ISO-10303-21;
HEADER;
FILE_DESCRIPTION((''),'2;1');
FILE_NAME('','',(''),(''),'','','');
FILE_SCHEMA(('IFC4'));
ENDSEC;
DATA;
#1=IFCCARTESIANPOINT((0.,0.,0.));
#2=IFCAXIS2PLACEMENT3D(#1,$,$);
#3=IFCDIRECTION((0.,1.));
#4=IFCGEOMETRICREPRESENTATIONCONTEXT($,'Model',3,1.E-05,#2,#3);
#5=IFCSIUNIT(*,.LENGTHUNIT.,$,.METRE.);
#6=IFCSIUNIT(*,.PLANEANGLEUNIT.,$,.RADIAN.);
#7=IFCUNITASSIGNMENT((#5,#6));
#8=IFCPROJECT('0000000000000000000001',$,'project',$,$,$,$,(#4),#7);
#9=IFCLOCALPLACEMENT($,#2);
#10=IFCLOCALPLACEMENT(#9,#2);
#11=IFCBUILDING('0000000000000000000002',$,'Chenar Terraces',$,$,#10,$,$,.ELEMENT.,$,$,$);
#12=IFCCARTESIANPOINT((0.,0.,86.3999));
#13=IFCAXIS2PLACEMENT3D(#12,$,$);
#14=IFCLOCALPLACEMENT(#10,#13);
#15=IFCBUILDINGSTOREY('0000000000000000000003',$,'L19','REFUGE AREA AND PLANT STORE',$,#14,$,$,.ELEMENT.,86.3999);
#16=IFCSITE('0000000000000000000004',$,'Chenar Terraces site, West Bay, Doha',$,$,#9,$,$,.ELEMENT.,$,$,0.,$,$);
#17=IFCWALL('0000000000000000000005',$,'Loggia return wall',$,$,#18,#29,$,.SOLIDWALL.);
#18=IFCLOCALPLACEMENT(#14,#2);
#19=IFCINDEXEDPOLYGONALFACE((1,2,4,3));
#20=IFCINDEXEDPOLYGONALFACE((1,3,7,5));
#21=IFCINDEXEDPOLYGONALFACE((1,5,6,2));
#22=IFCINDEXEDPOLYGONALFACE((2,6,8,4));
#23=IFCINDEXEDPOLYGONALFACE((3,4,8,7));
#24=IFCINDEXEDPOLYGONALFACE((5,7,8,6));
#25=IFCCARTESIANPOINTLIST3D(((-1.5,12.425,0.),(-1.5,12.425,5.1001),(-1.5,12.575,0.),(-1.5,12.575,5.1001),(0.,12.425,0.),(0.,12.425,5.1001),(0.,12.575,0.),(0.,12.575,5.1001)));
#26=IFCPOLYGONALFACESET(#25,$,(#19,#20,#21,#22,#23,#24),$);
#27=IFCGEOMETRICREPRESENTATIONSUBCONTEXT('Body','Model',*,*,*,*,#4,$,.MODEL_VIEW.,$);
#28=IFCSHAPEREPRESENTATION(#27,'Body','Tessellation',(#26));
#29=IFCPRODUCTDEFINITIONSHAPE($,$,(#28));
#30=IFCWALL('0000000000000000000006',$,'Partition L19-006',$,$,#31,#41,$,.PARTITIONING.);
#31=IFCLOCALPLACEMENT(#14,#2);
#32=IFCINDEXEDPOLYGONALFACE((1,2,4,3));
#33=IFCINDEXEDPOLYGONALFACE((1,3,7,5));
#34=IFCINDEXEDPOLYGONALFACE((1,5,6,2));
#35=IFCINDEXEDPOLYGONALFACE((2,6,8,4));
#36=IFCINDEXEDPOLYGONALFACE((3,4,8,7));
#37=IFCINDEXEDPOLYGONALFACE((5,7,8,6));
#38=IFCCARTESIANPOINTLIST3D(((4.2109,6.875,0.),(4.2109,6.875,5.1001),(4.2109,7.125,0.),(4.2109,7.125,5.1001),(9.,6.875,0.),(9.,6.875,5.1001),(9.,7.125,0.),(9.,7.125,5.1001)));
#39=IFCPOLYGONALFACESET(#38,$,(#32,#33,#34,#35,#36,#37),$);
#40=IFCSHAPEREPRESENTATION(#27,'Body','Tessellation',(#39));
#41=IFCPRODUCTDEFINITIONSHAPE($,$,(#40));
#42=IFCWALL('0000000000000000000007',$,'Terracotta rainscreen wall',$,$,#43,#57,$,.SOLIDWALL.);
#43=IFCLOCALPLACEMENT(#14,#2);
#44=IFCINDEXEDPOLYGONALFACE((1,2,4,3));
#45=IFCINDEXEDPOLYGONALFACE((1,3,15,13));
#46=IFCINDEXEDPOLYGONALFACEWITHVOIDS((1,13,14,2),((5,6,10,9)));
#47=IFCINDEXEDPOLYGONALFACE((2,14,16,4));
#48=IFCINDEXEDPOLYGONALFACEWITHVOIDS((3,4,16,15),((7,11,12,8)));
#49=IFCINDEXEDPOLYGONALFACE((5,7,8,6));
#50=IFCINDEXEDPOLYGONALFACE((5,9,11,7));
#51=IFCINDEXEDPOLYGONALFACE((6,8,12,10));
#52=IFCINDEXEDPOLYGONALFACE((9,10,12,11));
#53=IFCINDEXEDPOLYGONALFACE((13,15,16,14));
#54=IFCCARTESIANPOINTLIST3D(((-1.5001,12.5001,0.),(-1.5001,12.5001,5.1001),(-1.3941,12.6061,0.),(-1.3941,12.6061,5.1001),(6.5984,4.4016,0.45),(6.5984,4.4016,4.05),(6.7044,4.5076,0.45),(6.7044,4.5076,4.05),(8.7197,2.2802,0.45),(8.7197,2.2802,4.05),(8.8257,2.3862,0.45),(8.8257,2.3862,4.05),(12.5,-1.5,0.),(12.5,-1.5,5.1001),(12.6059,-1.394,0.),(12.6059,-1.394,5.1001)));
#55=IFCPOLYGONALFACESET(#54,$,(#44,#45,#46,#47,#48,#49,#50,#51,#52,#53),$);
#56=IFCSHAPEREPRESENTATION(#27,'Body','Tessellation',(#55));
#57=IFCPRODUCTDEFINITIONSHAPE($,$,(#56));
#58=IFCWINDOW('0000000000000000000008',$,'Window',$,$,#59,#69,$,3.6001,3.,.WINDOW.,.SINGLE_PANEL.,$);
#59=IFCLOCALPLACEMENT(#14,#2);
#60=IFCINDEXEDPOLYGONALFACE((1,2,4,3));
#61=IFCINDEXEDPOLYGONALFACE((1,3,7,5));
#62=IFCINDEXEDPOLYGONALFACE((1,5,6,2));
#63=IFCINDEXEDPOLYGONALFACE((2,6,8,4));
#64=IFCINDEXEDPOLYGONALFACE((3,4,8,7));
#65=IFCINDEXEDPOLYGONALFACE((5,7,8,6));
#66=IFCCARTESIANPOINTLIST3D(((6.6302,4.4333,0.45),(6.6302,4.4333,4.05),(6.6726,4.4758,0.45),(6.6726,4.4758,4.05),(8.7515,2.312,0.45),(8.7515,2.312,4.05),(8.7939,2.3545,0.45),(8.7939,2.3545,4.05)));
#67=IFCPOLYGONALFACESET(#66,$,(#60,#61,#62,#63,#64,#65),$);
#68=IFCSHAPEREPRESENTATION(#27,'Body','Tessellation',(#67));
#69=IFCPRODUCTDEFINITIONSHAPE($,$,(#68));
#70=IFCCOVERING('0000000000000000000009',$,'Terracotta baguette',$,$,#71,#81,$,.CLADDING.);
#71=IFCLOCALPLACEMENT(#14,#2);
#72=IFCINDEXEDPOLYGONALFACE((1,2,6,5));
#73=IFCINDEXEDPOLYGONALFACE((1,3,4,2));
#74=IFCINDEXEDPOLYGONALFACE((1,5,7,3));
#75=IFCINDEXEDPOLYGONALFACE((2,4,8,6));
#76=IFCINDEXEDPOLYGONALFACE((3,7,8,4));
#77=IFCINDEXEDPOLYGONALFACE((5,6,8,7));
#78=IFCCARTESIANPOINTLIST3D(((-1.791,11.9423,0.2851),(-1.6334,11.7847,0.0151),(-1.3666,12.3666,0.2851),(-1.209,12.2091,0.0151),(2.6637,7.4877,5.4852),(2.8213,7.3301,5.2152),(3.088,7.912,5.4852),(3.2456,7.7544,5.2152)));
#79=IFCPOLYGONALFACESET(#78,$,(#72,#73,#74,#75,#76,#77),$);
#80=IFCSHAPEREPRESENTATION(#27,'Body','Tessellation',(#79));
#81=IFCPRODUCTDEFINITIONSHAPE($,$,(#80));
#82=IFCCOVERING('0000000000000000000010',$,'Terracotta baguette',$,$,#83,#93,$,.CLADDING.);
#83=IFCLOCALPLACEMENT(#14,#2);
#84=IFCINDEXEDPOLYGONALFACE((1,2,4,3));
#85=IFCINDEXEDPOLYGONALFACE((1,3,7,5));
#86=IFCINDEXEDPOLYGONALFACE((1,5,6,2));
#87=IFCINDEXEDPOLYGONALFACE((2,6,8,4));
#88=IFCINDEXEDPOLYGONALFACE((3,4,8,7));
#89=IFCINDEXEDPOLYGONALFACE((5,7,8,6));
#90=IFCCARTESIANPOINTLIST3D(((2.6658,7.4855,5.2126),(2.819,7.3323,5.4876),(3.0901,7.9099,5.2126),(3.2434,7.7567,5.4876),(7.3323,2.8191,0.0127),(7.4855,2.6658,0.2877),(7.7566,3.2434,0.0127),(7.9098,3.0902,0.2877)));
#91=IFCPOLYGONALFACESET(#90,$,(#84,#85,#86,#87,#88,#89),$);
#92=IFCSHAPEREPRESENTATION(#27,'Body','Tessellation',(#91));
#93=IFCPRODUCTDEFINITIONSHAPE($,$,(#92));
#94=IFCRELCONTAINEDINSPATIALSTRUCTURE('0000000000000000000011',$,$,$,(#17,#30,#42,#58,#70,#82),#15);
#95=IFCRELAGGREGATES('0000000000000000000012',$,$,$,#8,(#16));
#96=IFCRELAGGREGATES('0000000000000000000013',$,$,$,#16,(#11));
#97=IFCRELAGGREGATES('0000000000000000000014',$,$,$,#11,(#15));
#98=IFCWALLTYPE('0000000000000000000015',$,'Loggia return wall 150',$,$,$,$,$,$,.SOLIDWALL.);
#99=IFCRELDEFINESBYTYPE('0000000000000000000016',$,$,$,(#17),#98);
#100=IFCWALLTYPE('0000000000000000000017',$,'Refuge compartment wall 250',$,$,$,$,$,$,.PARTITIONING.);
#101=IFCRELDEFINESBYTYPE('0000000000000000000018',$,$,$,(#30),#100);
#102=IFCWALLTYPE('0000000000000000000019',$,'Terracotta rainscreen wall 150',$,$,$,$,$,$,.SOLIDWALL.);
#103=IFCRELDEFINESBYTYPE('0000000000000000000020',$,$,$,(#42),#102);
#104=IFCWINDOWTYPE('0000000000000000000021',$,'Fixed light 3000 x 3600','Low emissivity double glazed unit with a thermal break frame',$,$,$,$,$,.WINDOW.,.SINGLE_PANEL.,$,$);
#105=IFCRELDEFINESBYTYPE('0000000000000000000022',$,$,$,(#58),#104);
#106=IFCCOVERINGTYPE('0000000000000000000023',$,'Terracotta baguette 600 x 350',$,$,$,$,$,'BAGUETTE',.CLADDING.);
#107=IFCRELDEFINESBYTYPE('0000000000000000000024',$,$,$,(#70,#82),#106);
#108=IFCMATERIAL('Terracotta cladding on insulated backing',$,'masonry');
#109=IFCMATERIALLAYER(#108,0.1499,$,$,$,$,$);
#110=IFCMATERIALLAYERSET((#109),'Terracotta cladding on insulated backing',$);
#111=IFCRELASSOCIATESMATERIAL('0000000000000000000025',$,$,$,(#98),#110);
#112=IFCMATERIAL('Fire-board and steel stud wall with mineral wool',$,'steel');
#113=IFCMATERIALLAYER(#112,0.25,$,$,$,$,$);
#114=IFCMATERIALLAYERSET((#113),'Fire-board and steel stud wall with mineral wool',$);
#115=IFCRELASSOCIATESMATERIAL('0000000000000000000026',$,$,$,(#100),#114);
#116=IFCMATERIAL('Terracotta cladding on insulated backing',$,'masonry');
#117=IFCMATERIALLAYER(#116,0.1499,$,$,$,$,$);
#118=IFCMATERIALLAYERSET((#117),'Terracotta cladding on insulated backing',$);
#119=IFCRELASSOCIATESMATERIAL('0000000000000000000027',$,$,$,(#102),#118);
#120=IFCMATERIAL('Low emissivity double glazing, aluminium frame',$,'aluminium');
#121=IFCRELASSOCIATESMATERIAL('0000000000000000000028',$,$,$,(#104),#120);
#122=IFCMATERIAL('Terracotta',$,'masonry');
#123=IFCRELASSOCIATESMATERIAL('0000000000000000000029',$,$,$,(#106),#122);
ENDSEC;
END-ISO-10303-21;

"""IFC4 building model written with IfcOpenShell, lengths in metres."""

from ifc_helpers import new_model, si_unit, direction, frame, frame_2d, origin, origin_2d, place, context, subcontext, project, spatial, rectangle, extrude, material, layer, layer_set, material_profile, profile_set, type_object, element, fill, save


model = new_model("IFC4")

# Units and contexts
model_context = context("Model", 3, precision=1e-05, world=origin(), true_north=direction((0.0, 1.0)))
body_context = subcontext(model_context, "Body", "Model", "MODEL_VIEW")
ifc_project = project(units=[si_unit("LENGTHUNIT", "METRE"), si_unit("PLANEANGLEUNIT", "RADIAN")], contexts=[model_context])

# Site, building, storey
site_placement = place(None, origin())
site = spatial("IfcSite", under=ifc_project, at=site_placement, Name="Chenar Terraces site, West Bay, Doha", CompositionType="ELEMENT", RefElevation=0.0)
building_placement = place(site_placement, origin())
building = spatial("IfcBuilding", under=site, at=building_placement, Name="Chenar Terraces", CompositionType="ELEMENT")
storey_placement = place(building_placement, frame((0.0, 0.0, 86.3999)))
storey = spatial("IfcBuildingStorey", under=building, at=storey_placement, Name="L19", Description="REFUGE AREA AND PLANT STORE", CompositionType="ELEMENT", Elevation=86.3999)

# Walls
ifc_material_1 = material(Name="Terracotta cladding on insulated backing", Category="masonry")
ifc_layer_1 = layer(ifc_material_1, 0.1499)
ifc_layer_set_1 = layer_set([ifc_layer_1], Name="Terracotta cladding on insulated backing")
wall_type_1 = type_object("IfcWallType", Name="Loggia return wall 150", PredefinedType="SOLIDWALL", material=ifc_layer_set_1)
wall_1_placement = place(storey_placement, frame((-1.5, 12.5, 0.0), z_axis=(0.0, 0.0, 1.0), x_axis=(1.0, 0.0, 0.0)))
element("IfcWall", 1, at=wall_1_placement, inside=storey, type_object=wall_type_1, Name="Loggia return wall", PredefinedType="SOLIDWALL", context=body_context, shape_type="SweptSolid", body=[
    extrude(rectangle(XDim=1.5, YDim=0.1499, at=frame_2d((0.75, 0.0))), origin(), (0.0, 0.0, 1.0), 5.1001),
])
ifc_material_2 = material(Name="Fire-board and steel stud wall with mineral wool", Category="steel")
ifc_layer_2 = layer(ifc_material_2, 0.25)
ifc_layer_set_2 = layer_set([ifc_layer_2], Name="Fire-board and steel stud wall with mineral wool")
wall_type_2 = type_object("IfcWallType", Name="Refuge compartment wall 250", PredefinedType="PARTITIONING", material=ifc_layer_set_2)
wall_2_placement = place(storey_placement, frame((4.2109, 7.0, 0.0), z_axis=(0.0, 0.0, 1.0), x_axis=(1.0, 0.0, 0.0)))
element("IfcWall", 2, at=wall_2_placement, inside=storey, type_object=wall_type_2, Name="Partition L19-006", PredefinedType="PARTITIONING", context=body_context, shape_type="SweptSolid", body=[
    extrude(rectangle(XDim=4.7891, YDim=0.25, at=frame_2d((2.3945, 0.0))), origin(), (0.0, 0.0, 1.0), 5.1001),
])

# Wall, opening, window
ifc_material_3 = material(Name="Terracotta cladding on insulated backing", Category="masonry")
ifc_layer_3 = layer(ifc_material_3, 0.1499)
ifc_layer_set_3 = layer_set([ifc_layer_3], Name="Terracotta cladding on insulated backing")
wall_type_3 = type_object("IfcWallType", Name="Terracotta rainscreen wall 150", PredefinedType="SOLIDWALL", material=ifc_layer_set_3)
wall_3_placement = place(storey_placement, frame((-1.447, 12.553, 0.0), z_axis=(0.0, 0.0, 1.0), x_axis=(0.707107, -0.707107, 0.0)))
wall_3 = element("IfcWall", 3, at=wall_3_placement, inside=storey, type_object=wall_type_3, Name="Terracotta rainscreen wall", PredefinedType="SOLIDWALL", context=body_context, shape_type="SweptSolid", body=[
    extrude(rectangle(XDim=19.7991, YDim=0.1499, at=frame_2d((9.8994, 0.0))), origin(), (0.0, 0.0, 1.0), 5.1001),
])
opening_placement = place(wall_3_placement, frame((11.4529, 0.0, 0.45)))
opening = element("IfcOpeningElement", 4, at=opening_placement, cuts=wall_3, PredefinedType="OPENING", context=body_context, shape_type="SweptSolid", body=[
    extrude(rectangle(XDim=3.0, YDim=3.6001, at=frame_2d((1.5, 1.8))), frame((0.0, 0.085, 0.0), z_axis=(0.0, -1.0, 0.0), x_axis=(1.0, 0.0, 0.0)), (0.0, 0.0, 1.0), 0.1699),
])
ifc_material_4 = material(Name="Low emissivity double glazing, aluminium frame", Category="aluminium")
window_type = type_object("IfcWindowType", Name="Fixed light 3000 x 3600", Description="Low emissivity double glazed unit with a thermal break frame", PartitioningType="SINGLE_PANEL", PredefinedType="WINDOW", material=ifc_material_4)
window_placement = place(opening_placement, origin())
window = element("IfcWindow", 5, at=window_placement, inside=storey, type_object=window_type, Name="Window", OverallHeight=3.6001, OverallWidth=3.0, PartitioningType="SINGLE_PANEL", PredefinedType="WINDOW", context=body_context, shape_type="SweptSolid", body=[
    extrude(rectangle(XDim=3.0, YDim=3.6001, at=frame_2d((1.5, 1.8))), frame((0.0, 0.03, 0.0), z_axis=(0.0, -1.0, 0.0), x_axis=(1.0, 0.0, 0.0)), (0.0, 0.0, 1.0), 0.0601),
])
fill(opening, window)

# Coverings
ifc_material_5 = material(Name="Terracotta", Category="masonry")
ifc_material_profile = material_profile(ifc_material_5, rectangle(XDim=0.6001, YDim=0.3501, at=origin_2d()), Name="Terracotta baguette 600 x 350")
ifc_profile_set = profile_set([ifc_material_profile], Name="Terracotta")
covering_type = type_object("IfcCoveringType", Name="Terracotta baguette 600 x 350", ElementType="BAGUETTE", PredefinedType="CLADDING", material=ifc_profile_set)
covering_1_placement = place(storey_placement, frame((-1.5, 12.0757, 0.1501), z_axis=(0.54533, -0.54533, 0.636577), x_axis=(0.707107, 0.707107, 0.0)))
element("IfcCovering", 6, at=covering_1_placement, inside=storey, type_object=covering_type, Name="Terracotta baguette", PredefinedType="CLADDING", context=body_context, shape_type="SweptSolid", body=[
    extrude(rectangle(XDim=0.6001, YDim=0.3501, at=origin_2d()), origin(), (0.0, 0.0, 1.0), 8.1687),
])
covering_2_placement = place(storey_placement, frame((2.9546, 7.6211, 5.3501), z_axis=(0.55541, -0.55541, -0.618901), x_axis=(0.707107, 0.707107, 0.0)))
element("IfcCovering", 7, at=covering_2_placement, inside=storey, type_object=covering_type, Name="Terracotta baguette", PredefinedType="CLADDING", context=body_context, shape_type="SweptSolid", body=[
    extrude(rectangle(XDim=0.6001, YDim=0.3501, at=origin_2d()), origin(), (0.0, 0.0, 1.0), 8.4019),
])

save(model, "model.ifc")
